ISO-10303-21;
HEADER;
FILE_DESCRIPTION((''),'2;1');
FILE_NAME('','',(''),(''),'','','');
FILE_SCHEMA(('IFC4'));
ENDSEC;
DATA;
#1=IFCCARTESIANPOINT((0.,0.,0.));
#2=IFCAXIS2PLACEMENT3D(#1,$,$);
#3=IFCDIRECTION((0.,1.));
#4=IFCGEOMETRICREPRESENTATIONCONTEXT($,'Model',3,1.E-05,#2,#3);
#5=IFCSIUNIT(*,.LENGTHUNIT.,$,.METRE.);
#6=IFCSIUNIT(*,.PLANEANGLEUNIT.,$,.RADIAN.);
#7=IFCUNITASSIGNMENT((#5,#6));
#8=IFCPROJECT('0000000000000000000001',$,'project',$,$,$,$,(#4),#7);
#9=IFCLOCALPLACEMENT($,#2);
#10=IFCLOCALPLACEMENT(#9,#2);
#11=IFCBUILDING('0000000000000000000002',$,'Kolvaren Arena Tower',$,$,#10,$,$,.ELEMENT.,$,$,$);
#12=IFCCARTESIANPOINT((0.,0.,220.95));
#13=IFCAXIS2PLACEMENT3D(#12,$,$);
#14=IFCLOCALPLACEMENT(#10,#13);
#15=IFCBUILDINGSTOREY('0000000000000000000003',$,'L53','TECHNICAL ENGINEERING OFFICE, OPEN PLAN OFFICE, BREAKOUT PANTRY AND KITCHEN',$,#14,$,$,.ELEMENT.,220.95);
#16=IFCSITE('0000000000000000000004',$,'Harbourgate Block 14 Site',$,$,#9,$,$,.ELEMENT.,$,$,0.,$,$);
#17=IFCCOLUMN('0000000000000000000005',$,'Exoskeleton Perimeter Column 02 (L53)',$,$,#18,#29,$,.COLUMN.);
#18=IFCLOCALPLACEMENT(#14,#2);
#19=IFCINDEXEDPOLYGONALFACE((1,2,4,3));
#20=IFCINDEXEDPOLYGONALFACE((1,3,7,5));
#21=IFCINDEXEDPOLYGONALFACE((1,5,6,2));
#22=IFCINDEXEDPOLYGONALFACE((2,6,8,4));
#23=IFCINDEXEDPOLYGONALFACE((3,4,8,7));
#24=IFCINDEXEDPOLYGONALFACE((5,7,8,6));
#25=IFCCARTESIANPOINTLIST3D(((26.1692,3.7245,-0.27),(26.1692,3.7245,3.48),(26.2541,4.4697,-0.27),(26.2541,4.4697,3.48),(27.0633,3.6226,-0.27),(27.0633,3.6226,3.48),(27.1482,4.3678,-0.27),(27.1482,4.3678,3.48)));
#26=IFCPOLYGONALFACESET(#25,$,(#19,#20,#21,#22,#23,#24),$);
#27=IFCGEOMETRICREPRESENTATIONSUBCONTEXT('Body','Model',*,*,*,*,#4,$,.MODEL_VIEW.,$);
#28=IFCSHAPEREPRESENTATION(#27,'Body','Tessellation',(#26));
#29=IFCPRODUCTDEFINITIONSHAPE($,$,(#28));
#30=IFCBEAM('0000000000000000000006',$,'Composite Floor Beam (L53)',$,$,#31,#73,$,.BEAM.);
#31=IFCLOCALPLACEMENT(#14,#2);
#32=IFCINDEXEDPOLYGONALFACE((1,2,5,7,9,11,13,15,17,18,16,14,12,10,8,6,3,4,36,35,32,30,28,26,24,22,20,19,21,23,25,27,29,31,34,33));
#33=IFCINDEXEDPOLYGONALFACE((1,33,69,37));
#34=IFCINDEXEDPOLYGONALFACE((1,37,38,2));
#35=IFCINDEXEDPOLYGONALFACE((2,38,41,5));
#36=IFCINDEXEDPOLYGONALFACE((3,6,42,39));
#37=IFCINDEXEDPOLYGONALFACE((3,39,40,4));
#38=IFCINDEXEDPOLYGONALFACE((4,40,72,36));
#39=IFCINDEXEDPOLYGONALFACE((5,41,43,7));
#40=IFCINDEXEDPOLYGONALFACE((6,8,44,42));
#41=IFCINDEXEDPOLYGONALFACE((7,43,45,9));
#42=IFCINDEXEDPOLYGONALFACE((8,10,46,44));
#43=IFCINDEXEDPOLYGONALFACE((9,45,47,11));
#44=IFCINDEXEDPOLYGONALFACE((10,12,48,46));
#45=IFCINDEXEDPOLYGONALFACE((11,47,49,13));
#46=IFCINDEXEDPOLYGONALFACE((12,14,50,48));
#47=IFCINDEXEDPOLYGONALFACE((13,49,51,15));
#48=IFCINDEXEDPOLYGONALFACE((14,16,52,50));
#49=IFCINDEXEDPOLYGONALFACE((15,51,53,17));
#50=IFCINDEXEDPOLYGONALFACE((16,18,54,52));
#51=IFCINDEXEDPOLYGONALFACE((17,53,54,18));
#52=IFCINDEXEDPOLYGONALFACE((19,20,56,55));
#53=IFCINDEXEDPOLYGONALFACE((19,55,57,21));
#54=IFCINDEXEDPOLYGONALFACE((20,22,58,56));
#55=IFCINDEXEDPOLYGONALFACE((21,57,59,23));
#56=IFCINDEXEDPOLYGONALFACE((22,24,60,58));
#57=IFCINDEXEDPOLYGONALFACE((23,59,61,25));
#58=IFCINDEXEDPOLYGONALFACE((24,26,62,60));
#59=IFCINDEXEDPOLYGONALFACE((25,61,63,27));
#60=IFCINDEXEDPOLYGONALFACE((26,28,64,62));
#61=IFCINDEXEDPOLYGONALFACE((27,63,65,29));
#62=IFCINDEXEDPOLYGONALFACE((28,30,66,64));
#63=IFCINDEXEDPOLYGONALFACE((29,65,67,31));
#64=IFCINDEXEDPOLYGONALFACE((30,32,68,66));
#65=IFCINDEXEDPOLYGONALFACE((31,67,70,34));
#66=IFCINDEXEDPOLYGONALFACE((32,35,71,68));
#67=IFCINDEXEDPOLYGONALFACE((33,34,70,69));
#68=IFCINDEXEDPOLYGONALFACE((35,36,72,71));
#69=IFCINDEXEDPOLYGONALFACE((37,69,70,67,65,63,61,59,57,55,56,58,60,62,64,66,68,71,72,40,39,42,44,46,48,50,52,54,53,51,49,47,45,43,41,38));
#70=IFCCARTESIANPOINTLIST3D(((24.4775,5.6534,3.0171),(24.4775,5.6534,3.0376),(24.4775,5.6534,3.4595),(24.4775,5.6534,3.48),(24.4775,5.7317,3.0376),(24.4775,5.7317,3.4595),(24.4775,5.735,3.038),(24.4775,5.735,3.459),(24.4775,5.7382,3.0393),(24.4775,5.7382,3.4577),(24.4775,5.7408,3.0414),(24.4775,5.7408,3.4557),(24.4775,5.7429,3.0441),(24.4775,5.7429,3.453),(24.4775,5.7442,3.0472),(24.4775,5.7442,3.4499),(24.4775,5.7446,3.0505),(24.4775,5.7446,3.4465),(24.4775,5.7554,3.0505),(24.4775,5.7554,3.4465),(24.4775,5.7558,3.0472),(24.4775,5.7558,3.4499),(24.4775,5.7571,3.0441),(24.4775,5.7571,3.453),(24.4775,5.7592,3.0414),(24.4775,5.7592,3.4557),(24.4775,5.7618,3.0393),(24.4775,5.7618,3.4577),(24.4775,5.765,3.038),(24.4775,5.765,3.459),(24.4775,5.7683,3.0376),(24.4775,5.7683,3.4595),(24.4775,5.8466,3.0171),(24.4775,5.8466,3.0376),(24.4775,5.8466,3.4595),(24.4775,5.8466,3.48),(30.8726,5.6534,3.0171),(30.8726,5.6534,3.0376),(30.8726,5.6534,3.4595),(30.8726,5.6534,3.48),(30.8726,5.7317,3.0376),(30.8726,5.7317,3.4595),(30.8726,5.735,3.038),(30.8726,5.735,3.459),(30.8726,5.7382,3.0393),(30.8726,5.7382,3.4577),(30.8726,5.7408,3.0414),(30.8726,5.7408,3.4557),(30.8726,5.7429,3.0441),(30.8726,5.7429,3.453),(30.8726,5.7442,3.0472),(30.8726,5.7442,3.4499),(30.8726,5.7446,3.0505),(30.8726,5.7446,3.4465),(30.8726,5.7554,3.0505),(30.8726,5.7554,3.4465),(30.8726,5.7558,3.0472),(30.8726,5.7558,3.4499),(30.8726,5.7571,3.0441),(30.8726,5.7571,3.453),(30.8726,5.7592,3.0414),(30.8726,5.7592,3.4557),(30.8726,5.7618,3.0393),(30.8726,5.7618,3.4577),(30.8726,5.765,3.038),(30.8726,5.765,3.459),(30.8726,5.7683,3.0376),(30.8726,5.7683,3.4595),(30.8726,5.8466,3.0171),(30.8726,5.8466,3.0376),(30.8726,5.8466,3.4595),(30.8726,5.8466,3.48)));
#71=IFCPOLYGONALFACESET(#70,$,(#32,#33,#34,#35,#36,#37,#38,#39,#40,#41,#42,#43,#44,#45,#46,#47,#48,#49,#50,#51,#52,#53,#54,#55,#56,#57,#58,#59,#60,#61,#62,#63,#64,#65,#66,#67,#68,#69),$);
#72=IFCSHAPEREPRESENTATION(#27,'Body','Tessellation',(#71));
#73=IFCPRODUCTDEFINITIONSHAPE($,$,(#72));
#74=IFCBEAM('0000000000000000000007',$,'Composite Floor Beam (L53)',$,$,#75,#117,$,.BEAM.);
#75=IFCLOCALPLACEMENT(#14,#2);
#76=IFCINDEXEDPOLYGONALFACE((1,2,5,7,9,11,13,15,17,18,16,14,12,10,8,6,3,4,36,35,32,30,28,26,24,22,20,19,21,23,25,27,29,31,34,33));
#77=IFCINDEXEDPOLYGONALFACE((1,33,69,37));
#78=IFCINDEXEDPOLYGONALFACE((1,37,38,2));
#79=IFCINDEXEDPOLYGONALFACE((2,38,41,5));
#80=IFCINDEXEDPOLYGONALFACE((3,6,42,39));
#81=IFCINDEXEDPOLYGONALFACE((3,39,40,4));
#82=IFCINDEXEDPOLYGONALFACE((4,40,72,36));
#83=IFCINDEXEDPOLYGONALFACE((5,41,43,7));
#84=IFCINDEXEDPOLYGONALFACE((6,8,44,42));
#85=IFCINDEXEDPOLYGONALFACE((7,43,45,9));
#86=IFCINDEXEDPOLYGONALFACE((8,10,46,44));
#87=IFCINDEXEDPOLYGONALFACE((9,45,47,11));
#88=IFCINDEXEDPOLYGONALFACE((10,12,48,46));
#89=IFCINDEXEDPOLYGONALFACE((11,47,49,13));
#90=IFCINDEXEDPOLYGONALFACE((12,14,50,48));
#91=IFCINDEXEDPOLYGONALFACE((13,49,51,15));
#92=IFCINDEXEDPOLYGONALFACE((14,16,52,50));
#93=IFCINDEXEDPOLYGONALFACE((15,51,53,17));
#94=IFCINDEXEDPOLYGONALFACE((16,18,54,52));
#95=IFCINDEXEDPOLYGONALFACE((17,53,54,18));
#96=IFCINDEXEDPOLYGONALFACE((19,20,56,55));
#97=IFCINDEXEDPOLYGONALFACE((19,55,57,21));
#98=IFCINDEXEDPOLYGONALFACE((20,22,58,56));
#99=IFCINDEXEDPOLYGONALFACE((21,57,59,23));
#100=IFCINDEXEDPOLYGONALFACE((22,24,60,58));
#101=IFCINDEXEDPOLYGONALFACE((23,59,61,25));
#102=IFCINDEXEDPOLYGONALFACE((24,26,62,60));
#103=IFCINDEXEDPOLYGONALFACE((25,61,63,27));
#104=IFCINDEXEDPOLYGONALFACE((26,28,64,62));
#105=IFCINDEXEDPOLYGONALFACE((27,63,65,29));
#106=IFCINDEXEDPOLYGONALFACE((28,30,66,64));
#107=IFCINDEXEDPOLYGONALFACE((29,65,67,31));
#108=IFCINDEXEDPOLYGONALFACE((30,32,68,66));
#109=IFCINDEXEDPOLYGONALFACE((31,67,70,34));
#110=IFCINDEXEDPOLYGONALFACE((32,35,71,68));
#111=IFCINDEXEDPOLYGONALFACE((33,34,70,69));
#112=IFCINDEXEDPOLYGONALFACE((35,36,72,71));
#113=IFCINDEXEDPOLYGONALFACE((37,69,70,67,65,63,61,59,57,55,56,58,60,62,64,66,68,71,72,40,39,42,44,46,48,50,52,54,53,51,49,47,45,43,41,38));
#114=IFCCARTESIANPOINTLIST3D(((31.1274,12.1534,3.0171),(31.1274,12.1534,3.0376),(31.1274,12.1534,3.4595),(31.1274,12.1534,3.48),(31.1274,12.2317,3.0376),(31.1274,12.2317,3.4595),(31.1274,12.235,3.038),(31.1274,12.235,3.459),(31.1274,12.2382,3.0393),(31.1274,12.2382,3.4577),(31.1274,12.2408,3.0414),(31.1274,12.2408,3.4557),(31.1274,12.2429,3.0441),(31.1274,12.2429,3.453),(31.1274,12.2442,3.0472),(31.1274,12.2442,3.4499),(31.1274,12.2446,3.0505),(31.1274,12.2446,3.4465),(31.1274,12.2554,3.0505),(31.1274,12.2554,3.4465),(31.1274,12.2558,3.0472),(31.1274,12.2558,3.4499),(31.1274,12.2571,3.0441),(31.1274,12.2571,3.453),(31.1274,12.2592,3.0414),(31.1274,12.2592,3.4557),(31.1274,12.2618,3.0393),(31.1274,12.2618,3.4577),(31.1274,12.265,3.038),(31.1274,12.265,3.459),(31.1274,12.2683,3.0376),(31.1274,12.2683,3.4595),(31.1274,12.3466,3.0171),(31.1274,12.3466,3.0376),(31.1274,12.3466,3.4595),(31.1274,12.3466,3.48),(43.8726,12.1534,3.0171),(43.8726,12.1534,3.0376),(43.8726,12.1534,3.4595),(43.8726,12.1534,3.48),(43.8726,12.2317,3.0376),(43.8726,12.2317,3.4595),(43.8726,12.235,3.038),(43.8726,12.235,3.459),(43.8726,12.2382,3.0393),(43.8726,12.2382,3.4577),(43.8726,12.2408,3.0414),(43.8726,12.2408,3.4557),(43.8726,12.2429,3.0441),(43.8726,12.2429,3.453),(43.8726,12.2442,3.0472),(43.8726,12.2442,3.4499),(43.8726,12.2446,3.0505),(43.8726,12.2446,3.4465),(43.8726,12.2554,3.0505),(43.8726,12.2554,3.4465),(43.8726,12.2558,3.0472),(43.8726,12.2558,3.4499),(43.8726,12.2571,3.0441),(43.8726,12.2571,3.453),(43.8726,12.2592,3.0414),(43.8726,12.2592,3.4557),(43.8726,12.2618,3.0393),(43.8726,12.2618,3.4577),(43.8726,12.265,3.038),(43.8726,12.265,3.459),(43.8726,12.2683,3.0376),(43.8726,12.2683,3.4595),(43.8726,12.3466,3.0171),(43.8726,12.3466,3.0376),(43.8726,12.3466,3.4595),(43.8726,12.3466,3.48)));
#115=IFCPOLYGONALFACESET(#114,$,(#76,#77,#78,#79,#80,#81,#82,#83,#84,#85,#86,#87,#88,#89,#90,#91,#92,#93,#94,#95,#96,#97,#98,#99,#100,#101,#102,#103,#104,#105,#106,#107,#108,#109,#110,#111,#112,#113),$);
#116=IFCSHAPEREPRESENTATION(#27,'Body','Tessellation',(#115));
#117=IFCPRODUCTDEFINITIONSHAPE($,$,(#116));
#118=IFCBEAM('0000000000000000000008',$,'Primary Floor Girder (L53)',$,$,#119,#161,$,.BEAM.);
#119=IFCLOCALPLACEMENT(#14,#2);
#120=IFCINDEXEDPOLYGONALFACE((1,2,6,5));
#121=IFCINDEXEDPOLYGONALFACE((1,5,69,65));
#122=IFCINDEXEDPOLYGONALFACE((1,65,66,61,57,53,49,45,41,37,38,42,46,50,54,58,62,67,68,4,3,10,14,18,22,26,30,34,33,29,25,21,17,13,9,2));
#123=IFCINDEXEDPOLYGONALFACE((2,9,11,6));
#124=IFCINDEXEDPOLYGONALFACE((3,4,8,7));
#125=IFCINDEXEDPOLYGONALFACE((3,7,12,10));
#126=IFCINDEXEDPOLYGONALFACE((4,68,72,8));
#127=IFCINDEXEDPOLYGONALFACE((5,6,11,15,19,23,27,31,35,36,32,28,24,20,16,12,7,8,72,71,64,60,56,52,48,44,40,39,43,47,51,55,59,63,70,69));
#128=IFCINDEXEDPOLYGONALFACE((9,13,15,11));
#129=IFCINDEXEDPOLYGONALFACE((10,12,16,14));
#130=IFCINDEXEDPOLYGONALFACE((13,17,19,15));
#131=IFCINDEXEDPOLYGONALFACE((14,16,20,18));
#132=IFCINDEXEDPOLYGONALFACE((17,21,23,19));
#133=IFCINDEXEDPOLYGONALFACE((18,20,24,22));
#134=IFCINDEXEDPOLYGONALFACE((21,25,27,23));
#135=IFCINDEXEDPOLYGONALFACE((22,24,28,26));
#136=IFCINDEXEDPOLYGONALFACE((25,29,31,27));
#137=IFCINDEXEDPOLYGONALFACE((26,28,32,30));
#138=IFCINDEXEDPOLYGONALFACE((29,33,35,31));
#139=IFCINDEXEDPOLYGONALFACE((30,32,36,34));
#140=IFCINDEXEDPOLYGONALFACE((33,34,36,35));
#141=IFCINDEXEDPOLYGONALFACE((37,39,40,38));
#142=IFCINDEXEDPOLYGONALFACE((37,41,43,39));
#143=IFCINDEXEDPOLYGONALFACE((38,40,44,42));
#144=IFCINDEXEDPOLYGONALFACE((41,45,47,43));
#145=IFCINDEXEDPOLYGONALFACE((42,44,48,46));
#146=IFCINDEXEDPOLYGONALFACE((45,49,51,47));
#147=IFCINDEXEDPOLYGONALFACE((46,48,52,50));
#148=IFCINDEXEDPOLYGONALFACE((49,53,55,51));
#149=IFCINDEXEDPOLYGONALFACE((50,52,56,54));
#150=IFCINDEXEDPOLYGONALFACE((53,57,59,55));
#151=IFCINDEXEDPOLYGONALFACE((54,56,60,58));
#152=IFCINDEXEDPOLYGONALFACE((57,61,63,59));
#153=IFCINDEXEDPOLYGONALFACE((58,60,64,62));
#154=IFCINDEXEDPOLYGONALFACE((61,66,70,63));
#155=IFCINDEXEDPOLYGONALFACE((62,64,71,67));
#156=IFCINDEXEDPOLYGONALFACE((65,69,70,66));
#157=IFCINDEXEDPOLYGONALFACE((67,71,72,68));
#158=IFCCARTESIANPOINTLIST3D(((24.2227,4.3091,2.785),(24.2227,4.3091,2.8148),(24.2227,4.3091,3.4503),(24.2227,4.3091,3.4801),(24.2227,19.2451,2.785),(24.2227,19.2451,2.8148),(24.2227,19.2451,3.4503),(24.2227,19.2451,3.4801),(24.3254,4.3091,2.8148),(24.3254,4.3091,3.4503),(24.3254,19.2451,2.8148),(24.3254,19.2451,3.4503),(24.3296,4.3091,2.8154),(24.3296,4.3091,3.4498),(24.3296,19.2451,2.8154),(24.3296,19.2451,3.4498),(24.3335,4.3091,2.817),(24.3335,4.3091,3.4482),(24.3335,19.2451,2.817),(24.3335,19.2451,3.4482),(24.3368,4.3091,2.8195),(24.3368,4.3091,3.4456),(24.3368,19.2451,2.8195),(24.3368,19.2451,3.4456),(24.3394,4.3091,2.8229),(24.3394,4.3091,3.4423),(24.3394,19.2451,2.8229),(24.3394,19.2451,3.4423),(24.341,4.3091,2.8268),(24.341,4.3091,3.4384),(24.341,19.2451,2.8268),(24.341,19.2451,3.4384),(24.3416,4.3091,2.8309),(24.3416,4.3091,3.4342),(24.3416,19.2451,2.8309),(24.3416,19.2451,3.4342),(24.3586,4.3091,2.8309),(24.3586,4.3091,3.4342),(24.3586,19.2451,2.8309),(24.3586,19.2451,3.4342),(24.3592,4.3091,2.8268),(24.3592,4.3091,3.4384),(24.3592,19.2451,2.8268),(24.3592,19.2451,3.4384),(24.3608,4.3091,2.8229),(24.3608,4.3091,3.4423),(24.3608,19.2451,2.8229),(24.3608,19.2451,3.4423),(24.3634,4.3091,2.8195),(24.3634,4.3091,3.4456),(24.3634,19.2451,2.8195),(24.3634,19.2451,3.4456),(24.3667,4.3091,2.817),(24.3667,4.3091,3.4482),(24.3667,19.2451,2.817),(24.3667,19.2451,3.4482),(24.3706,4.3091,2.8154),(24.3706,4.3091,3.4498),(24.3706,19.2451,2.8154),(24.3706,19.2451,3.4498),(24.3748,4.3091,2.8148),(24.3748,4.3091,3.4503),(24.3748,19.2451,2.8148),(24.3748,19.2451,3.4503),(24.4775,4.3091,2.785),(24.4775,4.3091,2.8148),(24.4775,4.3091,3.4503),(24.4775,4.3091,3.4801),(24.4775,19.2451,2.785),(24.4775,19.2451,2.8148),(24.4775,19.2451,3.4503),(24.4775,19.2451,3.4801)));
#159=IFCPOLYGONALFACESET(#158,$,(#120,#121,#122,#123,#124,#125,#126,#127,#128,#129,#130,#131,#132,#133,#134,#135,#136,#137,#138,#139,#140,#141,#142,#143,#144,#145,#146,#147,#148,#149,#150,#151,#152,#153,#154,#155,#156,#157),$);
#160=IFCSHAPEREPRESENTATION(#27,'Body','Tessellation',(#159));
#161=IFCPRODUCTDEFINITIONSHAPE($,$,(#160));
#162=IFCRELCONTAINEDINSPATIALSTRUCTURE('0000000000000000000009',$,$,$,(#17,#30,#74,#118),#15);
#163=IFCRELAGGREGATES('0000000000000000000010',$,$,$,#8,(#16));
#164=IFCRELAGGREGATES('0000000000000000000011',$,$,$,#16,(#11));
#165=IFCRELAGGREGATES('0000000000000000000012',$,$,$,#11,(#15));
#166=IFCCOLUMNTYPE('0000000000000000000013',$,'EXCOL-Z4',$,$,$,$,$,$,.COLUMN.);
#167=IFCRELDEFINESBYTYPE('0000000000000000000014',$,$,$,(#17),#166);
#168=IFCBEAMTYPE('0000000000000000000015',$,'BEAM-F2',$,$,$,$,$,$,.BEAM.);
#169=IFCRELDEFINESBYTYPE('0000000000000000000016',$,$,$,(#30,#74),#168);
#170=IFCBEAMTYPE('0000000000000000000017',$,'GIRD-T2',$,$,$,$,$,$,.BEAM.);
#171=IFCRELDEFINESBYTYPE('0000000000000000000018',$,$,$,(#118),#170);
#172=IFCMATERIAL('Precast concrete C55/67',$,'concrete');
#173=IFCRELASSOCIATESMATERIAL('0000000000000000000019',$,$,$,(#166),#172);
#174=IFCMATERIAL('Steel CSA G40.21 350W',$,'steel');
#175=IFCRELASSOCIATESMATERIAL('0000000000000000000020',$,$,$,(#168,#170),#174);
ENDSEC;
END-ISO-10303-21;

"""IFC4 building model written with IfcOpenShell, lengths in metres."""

from ifc_helpers import new_model, si_unit, direction, frame, origin, origin_2d, place, context, subcontext, project, spatial, rectangle, i_section, extrude, material, material_profile, profile_set, type_object, element, save


model = new_model("IFC4")

# Units and contexts
model_context = context("Model", 3, precision=1e-05, world=origin(), true_north=direction((0.0, 1.0)))
body_context = subcontext(model_context, "Body", "Model", "MODEL_VIEW")
ifc_project = project(units=[si_unit("LENGTHUNIT", "METRE"), si_unit("PLANEANGLEUNIT", "RADIAN")], contexts=[model_context])

# Site, building, storey
site_placement = place(None, origin())
site = spatial("IfcSite", under=ifc_project, at=site_placement, Name="Harbourgate Block 14 Site", CompositionType="ELEMENT", RefElevation=0.0)
building_placement = place(site_placement, origin())
building = spatial("IfcBuilding", under=site, at=building_placement, Name="Kolvaren Arena Tower", CompositionType="ELEMENT")
storey_placement = place(building_placement, frame((0.0, 0.0, 220.95)))
storey = spatial("IfcBuildingStorey", under=building, at=storey_placement, Name="L53", Description="TECHNICAL ENGINEERING OFFICE, OPEN PLAN OFFICE, BREAKOUT PANTRY AND KITCHEN", CompositionType="ELEMENT", Elevation=220.95)

# Column
ifc_material_1 = material(Name="Precast concrete C55/67", Category="concrete")
ifc_material_profile_1 = material_profile(ifc_material_1, rectangle(XDim=0.8999, YDim=0.75, at=origin_2d()), Name="RC-900x750")
ifc_profile_set_1 = profile_set([ifc_material_profile_1], Name="Precast concrete C55/67")
column_type = type_object("IfcColumnType", Name="EXCOL-Z4", PredefinedType="COLUMN", material=ifc_profile_set_1)
column_placement = place(storey_placement, frame((26.6587, 4.0461, -0.27), z_axis=(0.0, 0.0, 1.0), x_axis=(0.993572, -0.113203, 0.0)))
element("IfcColumn", 1, at=column_placement, inside=storey, type_object=column_type, Name="Exoskeleton Perimeter Column 02 (L53)", PredefinedType="COLUMN", context=body_context, shape_type="SweptSolid", body=[
    extrude(rectangle(XDim=0.8999, YDim=0.75, at=origin_2d()), origin(), (0.0, 0.0, 1.0), 3.75),
])

# Beams
ifc_material_2 = material(Name="Steel CSA G40.21 350W", Category="steel")
ifc_material_profile_2 = material_profile(ifc_material_2, i_section(OverallWidth=0.1931, OverallDepth=0.4629, WebThickness=0.0107, FlangeThickness=0.0205, FilletRadius=0.0129, at=origin_2d()), Name="W460x113")
ifc_profile_set_2 = profile_set([ifc_material_profile_2], Name="Steel CSA G40.21 350W")
beam_type_1 = type_object("IfcBeamType", Name="BEAM-F2", PredefinedType="BEAM", material=ifc_profile_set_2)
beam_1_placement = place(storey_placement, frame((24.4775, 5.75, 3.2485), z_axis=(1.0, 0.0, 0.0), x_axis=(0.0, 1.0, 0.0)))
element("IfcBeam", 2, at=beam_1_placement, inside=storey, type_object=beam_type_1, Name="Composite Floor Beam (L53)", PredefinedType="BEAM", context=body_context, shape_type="SweptSolid", body=[
    extrude(i_section(OverallWidth=0.1931, OverallDepth=0.4629, WebThickness=0.0107, FlangeThickness=0.0205, FilletRadius=0.0129, at=origin_2d()), origin(), (0.0, 0.0, 1.0), 6.395),
])
beam_2_placement = place(storey_placement, frame((31.1274, 12.25, 3.2485), z_axis=(1.0, 0.0, 0.0), x_axis=(0.0, 1.0, 0.0)))
element("IfcBeam", 3, at=beam_2_placement, inside=storey, type_object=beam_type_1, Name="Composite Floor Beam (L53)", PredefinedType="BEAM", context=body_context, shape_type="SweptSolid", body=[
    extrude(i_section(OverallWidth=0.1931, OverallDepth=0.4629, WebThickness=0.0107, FlangeThickness=0.0205, FilletRadius=0.0129, at=origin_2d()), origin(), (0.0, 0.0, 1.0), 12.7451),
])
ifc_material_profile_3 = material_profile(ifc_material_2, i_section(OverallWidth=0.2549, OverallDepth=0.6951, WebThickness=0.0171, FlangeThickness=0.0298, FilletRadius=0.0161, at=origin_2d()), Name="W690x217")
ifc_profile_set_3 = profile_set([ifc_material_profile_3], Name="Steel CSA G40.21 350W")
beam_type_2 = type_object("IfcBeamType", Name="GIRD-T2", PredefinedType="BEAM", material=ifc_profile_set_3)
beam_3_placement = place(storey_placement, frame((24.3501, 4.3091, 3.1326), z_axis=(0.0, 1.0, 0.0), x_axis=(-1.0, 0.0, 0.0)))
element("IfcBeam", 4, at=beam_3_placement, inside=storey, type_object=beam_type_2, Name="Primary Floor Girder (L53)", PredefinedType="BEAM", context=body_context, shape_type="SweptSolid", body=[
    extrude(i_section(OverallWidth=0.2549, OverallDepth=0.6951, WebThickness=0.0171, FlangeThickness=0.0298, FilletRadius=0.0161, at=origin_2d()), origin(), (0.0, 0.0, 1.0), 14.936),
])

save(model, "model.ifc")
